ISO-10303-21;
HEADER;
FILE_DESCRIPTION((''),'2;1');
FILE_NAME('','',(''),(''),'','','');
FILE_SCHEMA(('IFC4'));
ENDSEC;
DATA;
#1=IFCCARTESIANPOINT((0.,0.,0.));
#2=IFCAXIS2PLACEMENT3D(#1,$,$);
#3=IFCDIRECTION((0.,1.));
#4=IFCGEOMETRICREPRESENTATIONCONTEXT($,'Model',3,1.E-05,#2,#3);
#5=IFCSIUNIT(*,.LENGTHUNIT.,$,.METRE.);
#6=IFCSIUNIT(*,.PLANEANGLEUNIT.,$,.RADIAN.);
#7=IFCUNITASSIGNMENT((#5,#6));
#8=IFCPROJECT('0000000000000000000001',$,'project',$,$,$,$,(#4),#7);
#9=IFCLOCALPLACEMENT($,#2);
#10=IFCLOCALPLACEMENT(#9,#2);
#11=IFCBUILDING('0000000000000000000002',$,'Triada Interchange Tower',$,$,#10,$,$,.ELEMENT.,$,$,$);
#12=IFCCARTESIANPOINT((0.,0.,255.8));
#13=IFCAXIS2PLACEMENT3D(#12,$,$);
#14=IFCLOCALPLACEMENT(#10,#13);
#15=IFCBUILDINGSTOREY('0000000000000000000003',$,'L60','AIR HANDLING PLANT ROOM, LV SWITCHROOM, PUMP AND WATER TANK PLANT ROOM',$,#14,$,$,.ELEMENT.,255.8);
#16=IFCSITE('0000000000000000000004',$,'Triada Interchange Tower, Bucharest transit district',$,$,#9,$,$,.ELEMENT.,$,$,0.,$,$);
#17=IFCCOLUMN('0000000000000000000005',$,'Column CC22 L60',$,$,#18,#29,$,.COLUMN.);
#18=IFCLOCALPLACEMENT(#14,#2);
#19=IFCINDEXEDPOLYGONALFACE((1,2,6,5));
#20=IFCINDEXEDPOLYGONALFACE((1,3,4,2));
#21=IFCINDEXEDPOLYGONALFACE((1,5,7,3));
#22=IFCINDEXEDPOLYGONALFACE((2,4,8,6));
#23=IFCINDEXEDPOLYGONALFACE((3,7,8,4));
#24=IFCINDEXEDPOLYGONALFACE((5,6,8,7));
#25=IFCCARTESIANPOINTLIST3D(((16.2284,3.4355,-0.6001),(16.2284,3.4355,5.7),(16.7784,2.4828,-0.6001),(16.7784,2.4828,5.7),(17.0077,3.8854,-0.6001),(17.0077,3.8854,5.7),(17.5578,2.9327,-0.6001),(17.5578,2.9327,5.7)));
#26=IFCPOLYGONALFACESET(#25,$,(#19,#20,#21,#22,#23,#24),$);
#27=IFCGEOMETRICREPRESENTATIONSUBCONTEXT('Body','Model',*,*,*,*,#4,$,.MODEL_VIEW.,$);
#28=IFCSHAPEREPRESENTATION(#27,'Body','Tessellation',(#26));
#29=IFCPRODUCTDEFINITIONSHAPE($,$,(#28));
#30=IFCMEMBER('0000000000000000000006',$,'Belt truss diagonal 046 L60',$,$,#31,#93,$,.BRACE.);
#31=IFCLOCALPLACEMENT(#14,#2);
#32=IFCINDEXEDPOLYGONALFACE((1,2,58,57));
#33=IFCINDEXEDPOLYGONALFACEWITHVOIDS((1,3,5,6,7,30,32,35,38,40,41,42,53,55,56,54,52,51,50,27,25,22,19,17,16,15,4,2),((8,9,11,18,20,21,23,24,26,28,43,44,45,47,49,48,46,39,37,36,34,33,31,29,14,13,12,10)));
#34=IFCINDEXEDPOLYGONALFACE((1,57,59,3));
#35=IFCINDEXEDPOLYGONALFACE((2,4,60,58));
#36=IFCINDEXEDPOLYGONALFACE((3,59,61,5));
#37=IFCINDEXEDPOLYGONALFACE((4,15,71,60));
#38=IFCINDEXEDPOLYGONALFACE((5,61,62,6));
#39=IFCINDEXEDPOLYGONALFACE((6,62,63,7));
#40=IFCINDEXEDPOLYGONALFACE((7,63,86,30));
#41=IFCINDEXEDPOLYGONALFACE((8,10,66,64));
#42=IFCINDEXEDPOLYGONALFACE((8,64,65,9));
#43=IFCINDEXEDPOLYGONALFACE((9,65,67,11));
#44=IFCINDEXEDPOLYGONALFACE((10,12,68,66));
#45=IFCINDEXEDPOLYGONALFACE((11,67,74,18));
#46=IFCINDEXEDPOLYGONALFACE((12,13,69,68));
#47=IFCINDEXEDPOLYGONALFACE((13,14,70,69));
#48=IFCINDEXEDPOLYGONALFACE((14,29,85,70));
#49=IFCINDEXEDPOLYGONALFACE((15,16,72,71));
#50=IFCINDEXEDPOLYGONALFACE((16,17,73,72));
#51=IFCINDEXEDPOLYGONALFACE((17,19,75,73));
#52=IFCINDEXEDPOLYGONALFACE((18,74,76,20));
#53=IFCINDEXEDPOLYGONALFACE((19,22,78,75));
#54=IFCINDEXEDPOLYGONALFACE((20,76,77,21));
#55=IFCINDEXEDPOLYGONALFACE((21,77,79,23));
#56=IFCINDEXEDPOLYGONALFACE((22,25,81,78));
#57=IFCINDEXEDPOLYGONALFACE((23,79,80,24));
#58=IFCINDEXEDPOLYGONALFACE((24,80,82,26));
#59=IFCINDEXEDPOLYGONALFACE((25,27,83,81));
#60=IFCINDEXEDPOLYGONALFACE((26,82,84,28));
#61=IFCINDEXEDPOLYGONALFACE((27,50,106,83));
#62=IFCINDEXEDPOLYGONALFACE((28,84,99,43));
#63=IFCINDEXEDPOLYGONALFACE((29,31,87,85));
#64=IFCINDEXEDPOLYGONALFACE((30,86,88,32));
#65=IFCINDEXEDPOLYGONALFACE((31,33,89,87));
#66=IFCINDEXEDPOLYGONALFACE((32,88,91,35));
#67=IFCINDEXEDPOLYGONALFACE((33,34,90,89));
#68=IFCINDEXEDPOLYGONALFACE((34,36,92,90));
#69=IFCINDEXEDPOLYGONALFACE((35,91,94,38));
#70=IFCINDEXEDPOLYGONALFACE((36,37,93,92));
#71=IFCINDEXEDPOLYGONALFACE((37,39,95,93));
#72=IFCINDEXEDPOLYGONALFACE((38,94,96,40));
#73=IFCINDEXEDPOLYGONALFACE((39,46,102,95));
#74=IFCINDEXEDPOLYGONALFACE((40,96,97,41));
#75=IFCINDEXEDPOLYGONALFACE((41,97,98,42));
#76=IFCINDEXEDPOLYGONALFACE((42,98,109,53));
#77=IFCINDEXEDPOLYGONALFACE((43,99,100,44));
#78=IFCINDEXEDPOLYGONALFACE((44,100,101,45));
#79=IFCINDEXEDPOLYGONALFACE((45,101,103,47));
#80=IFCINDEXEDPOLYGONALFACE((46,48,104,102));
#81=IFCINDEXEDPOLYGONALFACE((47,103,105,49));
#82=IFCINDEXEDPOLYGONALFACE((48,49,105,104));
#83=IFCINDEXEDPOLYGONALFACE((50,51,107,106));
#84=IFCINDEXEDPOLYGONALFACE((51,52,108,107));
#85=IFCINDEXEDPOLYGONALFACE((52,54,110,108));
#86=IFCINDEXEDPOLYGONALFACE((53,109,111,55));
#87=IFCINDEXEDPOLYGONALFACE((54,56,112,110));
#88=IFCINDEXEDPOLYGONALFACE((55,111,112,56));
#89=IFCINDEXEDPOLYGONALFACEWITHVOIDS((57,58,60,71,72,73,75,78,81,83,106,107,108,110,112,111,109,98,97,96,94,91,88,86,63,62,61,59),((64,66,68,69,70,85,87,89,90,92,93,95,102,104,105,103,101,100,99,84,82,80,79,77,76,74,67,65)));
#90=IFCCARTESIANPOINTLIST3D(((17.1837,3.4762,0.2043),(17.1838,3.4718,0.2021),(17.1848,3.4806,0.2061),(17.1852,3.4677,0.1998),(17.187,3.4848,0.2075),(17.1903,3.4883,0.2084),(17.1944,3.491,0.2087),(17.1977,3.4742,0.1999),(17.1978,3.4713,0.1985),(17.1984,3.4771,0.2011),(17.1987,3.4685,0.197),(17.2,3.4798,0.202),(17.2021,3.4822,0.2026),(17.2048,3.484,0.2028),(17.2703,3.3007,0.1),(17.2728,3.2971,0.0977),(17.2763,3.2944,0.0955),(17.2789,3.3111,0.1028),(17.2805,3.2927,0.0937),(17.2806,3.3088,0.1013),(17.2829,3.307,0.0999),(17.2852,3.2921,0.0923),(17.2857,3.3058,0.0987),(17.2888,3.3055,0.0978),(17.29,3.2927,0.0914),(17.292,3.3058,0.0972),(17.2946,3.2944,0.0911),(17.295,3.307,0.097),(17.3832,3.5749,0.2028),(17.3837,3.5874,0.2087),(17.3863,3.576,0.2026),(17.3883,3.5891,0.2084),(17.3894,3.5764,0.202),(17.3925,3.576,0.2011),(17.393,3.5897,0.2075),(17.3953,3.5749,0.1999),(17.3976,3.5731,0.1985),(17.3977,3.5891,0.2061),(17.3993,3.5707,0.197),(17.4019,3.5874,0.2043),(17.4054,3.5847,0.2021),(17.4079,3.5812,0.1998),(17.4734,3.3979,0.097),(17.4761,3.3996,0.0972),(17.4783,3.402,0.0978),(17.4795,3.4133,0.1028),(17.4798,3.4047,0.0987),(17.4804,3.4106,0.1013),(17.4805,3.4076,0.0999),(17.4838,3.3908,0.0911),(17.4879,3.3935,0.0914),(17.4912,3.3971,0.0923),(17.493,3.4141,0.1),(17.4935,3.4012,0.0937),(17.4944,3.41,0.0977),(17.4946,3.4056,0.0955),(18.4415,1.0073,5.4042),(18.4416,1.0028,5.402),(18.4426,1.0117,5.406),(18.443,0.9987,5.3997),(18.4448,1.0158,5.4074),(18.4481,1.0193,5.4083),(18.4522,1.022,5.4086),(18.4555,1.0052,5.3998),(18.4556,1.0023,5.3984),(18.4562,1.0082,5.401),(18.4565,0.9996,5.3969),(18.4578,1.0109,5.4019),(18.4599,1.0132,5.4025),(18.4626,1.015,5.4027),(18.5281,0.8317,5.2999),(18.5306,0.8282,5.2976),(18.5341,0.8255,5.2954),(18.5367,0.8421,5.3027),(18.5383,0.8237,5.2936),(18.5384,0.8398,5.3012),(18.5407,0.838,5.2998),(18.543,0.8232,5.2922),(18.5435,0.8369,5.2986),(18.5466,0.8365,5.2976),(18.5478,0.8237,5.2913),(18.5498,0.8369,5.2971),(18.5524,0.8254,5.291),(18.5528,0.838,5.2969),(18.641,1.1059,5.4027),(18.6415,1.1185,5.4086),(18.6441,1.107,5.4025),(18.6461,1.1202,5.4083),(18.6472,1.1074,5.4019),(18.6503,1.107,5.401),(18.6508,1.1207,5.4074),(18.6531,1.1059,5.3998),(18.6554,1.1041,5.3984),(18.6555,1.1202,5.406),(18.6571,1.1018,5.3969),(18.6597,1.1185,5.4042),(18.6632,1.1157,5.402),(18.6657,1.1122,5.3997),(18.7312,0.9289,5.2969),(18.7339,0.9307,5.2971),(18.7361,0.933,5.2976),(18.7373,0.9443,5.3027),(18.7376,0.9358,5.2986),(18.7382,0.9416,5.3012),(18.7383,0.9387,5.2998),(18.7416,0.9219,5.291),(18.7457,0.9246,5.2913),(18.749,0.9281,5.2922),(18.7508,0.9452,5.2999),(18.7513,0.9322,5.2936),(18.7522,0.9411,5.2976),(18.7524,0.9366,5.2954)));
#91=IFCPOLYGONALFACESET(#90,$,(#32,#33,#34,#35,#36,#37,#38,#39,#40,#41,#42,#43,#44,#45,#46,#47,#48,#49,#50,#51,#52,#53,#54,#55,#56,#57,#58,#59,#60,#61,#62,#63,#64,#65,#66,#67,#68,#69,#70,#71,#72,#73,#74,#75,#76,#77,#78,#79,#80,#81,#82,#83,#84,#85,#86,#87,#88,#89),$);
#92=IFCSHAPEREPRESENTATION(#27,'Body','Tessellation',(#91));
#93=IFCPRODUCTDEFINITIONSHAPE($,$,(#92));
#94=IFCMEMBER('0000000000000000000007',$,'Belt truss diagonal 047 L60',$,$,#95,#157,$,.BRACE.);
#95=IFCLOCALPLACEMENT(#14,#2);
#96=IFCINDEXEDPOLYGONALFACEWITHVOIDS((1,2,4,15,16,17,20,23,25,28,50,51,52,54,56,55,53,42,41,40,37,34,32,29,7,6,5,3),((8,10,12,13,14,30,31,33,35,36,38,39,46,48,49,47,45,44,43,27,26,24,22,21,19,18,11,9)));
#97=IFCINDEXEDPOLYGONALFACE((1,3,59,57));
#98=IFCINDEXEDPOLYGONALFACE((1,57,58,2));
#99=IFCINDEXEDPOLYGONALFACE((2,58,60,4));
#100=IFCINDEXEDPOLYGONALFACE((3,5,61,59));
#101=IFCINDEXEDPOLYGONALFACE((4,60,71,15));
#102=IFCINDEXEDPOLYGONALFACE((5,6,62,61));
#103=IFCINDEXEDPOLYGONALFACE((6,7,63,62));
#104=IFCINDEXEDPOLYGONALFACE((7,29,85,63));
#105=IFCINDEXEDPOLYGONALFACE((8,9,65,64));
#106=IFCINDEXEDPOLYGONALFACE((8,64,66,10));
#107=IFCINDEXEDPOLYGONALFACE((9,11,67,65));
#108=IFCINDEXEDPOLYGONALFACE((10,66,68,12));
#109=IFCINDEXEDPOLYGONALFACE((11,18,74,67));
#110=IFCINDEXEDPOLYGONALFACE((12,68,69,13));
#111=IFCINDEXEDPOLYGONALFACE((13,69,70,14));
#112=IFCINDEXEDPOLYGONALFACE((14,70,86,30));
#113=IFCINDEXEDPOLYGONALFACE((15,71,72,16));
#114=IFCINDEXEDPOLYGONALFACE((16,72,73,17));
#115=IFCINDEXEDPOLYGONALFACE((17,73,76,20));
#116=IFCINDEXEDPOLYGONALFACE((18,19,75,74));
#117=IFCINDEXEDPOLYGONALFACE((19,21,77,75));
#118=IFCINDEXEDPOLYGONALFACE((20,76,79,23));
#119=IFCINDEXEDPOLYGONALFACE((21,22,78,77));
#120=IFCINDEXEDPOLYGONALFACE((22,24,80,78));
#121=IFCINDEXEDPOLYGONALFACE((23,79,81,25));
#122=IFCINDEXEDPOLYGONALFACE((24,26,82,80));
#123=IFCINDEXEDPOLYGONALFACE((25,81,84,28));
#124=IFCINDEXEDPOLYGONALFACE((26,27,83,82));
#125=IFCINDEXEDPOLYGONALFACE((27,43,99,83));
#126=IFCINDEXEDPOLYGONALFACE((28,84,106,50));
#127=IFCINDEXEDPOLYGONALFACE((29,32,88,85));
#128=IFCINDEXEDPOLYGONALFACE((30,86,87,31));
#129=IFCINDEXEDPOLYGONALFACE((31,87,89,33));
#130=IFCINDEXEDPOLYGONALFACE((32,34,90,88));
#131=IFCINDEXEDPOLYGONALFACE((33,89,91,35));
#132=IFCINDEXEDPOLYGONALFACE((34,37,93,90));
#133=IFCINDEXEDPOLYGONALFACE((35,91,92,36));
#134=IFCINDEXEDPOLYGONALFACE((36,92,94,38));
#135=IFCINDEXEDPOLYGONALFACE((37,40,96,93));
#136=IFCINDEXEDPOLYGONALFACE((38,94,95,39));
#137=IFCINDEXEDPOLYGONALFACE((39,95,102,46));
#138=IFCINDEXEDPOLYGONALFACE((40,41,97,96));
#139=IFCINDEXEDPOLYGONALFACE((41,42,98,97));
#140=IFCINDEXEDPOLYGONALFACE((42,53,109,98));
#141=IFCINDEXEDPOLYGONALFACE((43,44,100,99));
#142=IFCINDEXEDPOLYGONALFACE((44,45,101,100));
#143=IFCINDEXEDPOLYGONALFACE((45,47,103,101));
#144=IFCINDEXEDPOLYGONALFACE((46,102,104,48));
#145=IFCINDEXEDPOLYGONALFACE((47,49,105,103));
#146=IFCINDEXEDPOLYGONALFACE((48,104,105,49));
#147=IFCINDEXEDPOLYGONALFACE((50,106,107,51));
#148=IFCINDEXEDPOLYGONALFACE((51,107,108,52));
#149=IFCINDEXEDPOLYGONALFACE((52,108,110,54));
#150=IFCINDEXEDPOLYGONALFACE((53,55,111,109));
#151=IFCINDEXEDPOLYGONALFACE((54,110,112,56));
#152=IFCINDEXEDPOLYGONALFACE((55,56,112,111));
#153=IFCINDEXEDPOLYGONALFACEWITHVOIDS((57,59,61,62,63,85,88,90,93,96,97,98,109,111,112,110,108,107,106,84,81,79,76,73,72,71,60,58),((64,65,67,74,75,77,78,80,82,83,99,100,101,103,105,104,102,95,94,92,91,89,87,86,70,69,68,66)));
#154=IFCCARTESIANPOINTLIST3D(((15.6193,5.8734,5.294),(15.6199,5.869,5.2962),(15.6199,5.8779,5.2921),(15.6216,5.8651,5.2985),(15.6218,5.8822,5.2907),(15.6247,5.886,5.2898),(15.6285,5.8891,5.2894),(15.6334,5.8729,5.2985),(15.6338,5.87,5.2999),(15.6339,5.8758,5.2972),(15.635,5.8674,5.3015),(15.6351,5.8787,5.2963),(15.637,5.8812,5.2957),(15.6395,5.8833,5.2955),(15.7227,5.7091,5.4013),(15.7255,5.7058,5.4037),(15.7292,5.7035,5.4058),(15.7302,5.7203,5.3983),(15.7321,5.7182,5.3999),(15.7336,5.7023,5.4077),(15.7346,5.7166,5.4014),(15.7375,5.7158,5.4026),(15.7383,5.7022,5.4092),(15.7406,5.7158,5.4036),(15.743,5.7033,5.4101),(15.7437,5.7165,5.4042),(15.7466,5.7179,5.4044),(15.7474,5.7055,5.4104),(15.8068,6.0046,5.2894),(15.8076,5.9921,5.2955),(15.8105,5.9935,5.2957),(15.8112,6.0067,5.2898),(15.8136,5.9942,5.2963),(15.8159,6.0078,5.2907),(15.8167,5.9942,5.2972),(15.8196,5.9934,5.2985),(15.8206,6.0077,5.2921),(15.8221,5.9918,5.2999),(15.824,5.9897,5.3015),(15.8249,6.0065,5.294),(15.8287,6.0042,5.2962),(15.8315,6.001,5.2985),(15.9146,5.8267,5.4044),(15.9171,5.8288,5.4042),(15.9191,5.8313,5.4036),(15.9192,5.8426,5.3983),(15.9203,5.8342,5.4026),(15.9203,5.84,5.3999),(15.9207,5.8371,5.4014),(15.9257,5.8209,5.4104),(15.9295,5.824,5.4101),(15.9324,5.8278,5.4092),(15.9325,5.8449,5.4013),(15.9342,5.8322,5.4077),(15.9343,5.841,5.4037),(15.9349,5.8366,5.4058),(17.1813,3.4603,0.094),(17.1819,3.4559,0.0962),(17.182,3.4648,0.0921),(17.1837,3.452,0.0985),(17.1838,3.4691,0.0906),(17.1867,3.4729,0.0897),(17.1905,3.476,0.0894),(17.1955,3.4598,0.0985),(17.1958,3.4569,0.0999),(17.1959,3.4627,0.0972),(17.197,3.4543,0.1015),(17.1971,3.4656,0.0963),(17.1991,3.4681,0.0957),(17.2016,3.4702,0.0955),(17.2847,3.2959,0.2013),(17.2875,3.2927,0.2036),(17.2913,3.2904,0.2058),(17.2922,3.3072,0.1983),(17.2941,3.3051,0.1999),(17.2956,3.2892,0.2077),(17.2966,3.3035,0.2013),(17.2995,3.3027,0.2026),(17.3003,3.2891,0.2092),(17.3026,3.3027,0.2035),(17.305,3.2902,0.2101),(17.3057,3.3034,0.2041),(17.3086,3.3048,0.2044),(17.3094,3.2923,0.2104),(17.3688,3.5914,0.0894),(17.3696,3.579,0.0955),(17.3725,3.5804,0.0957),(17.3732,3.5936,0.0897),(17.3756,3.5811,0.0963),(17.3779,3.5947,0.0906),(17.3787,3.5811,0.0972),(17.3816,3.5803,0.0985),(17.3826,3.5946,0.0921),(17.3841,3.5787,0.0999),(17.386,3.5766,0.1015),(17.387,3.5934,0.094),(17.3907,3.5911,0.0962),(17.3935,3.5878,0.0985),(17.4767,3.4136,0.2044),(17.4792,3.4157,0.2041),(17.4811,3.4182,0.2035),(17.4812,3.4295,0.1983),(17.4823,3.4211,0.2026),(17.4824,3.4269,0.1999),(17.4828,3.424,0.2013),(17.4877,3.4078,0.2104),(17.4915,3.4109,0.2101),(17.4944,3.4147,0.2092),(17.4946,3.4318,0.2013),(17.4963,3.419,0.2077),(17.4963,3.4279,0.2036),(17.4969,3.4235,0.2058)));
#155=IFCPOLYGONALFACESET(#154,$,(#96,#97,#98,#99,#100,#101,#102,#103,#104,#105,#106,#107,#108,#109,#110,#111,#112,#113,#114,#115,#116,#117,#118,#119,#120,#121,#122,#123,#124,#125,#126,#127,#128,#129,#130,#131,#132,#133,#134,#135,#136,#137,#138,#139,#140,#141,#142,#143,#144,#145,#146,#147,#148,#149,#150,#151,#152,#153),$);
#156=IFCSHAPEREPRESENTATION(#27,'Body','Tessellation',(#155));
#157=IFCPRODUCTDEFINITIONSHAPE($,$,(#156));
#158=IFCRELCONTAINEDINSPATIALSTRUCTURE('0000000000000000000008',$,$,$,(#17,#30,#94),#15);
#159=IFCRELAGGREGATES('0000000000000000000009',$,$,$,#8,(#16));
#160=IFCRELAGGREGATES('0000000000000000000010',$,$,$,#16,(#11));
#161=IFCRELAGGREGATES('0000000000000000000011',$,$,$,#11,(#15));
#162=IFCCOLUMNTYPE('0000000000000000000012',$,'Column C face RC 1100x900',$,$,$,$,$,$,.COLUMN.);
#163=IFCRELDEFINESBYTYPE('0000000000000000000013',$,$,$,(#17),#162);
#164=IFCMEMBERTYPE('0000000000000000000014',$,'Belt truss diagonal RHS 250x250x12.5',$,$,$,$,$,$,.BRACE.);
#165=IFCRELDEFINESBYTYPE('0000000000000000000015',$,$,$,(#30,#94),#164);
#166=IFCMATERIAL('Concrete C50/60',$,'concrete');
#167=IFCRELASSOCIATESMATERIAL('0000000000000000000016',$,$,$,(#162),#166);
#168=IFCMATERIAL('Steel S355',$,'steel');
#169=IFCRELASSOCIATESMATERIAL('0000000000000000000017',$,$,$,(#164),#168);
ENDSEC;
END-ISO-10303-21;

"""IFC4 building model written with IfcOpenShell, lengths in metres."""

from ifc_helpers import new_model, si_unit, direction, frame, origin, origin_2d, place, context, subcontext, project, spatial, rectangle, hollow_rectangle, extrude, material, material_profile, profile_set, type_object, element, save


model = new_model("IFC4")

# Units and contexts
model_context = context("Model", 3, precision=1e-05, world=origin(), true_north=direction((0.0, 1.0)))
body_context = subcontext(model_context, "Body", "Model", "MODEL_VIEW")
ifc_project = project(units=[si_unit("LENGTHUNIT", "METRE"), si_unit("PLANEANGLEUNIT", "RADIAN")], contexts=[model_context])

# Site, building, storey
site_placement = place(None, origin())
site = spatial("IfcSite", under=ifc_project, at=site_placement, Name="Triada Interchange Tower, Bucharest transit district", CompositionType="ELEMENT", RefElevation=0.0)
building_placement = place(site_placement, origin())
building = spatial("IfcBuilding", under=site, at=building_placement, Name="Triada Interchange Tower", CompositionType="ELEMENT")
storey_placement = place(building_placement, frame((0.0, 0.0, 255.8)))
storey = spatial("IfcBuildingStorey", under=building, at=storey_placement, Name="L60", Description="AIR HANDLING PLANT ROOM, LV SWITCHROOM, PUMP AND WATER TANK PLANT ROOM", CompositionType="ELEMENT", Elevation=255.8)

# Column
ifc_material_1 = material(Name="Concrete C50/60", Category="concrete")
ifc_material_profile_1 = material_profile(ifc_material_1, rectangle(XDim=1.1001, YDim=0.8999, at=origin_2d()), Name="RC 1100x900")
ifc_profile_set_1 = profile_set([ifc_material_profile_1], Name="Concrete C50/60")
column_type = type_object("IfcColumnType", Name="Column C face RC 1100x900", PredefinedType="COLUMN", material=ifc_profile_set_1)
column_placement = place(storey_placement, frame((16.8931, 3.1841, -0.6001), z_axis=(0.0, 0.0, 1.0), x_axis=(-0.5, 0.866025, 0.0)))
element("IfcColumn", 1, at=column_placement, inside=storey, type_object=column_type, Name="Column CC22 L60", PredefinedType="COLUMN", context=body_context, shape_type="SweptSolid", body=[
    extrude(rectangle(XDim=1.1001, YDim=0.8999, at=origin_2d()), origin(), (0.0, 0.0, 1.0), 6.3),
])

# Members
ifc_material_2 = material(Name="Steel S355", Category="steel")
ifc_material_profile_2 = material_profile(ifc_material_2, hollow_rectangle(XDim=0.25, YDim=0.25, WallThickness=0.0125, InnerFilletRadius=0.0125, OuterFilletRadius=0.0188, at=origin_2d()), Name="RHS 250x250x12.5")
ifc_profile_set_2 = profile_set([ifc_material_profile_2], Name="Steel S355")
member_type_1 = type_object("IfcMemberType", Name="Belt truss diagonal RHS 250x250x12.5", PredefinedType="BRACE", material=ifc_profile_set_2)
member_1_placement = place(storey_placement, frame((17.3391, 3.4409, 0.1499), z_axis=(0.213472, -0.419031, 0.882521), x_axis=(0.891036, 0.453932, 0.0)))
element("IfcMember", 2, at=member_1_placement, inside=storey, type_object=member_type_1, Name="Belt truss diagonal 046 L60", PredefinedType="BRACE", context=body_context, shape_type="SweptSolid", body=[
    extrude(hollow_rectangle(XDim=0.25, YDim=0.25, WallThickness=0.0125, InnerFilletRadius=0.0125, OuterFilletRadius=0.0188, at=origin_2d()), origin(), (0.0, 0.0, 1.0), 5.8921),
])
member_2_placement = place(storey_placement, frame((17.3391, 3.4419, 0.1499), z_axis=(-0.262895, 0.406135, 0.87518), x_axis=(-0.839474, -0.543399, 0.0)))
element("IfcMember", 3, at=member_2_placement, inside=storey, type_object=member_type_1, Name="Belt truss diagonal 047 L60", PredefinedType="BRACE", context=body_context, shape_type="SweptSolid", body=[
    extrude(hollow_rectangle(XDim=0.25, YDim=0.25, WallThickness=0.0125, InnerFilletRadius=0.0125, OuterFilletRadius=0.0188, at=origin_2d()), origin(), (0.0, 0.0, 1.0), 5.9417),
])

save(model, "model.ifc")
